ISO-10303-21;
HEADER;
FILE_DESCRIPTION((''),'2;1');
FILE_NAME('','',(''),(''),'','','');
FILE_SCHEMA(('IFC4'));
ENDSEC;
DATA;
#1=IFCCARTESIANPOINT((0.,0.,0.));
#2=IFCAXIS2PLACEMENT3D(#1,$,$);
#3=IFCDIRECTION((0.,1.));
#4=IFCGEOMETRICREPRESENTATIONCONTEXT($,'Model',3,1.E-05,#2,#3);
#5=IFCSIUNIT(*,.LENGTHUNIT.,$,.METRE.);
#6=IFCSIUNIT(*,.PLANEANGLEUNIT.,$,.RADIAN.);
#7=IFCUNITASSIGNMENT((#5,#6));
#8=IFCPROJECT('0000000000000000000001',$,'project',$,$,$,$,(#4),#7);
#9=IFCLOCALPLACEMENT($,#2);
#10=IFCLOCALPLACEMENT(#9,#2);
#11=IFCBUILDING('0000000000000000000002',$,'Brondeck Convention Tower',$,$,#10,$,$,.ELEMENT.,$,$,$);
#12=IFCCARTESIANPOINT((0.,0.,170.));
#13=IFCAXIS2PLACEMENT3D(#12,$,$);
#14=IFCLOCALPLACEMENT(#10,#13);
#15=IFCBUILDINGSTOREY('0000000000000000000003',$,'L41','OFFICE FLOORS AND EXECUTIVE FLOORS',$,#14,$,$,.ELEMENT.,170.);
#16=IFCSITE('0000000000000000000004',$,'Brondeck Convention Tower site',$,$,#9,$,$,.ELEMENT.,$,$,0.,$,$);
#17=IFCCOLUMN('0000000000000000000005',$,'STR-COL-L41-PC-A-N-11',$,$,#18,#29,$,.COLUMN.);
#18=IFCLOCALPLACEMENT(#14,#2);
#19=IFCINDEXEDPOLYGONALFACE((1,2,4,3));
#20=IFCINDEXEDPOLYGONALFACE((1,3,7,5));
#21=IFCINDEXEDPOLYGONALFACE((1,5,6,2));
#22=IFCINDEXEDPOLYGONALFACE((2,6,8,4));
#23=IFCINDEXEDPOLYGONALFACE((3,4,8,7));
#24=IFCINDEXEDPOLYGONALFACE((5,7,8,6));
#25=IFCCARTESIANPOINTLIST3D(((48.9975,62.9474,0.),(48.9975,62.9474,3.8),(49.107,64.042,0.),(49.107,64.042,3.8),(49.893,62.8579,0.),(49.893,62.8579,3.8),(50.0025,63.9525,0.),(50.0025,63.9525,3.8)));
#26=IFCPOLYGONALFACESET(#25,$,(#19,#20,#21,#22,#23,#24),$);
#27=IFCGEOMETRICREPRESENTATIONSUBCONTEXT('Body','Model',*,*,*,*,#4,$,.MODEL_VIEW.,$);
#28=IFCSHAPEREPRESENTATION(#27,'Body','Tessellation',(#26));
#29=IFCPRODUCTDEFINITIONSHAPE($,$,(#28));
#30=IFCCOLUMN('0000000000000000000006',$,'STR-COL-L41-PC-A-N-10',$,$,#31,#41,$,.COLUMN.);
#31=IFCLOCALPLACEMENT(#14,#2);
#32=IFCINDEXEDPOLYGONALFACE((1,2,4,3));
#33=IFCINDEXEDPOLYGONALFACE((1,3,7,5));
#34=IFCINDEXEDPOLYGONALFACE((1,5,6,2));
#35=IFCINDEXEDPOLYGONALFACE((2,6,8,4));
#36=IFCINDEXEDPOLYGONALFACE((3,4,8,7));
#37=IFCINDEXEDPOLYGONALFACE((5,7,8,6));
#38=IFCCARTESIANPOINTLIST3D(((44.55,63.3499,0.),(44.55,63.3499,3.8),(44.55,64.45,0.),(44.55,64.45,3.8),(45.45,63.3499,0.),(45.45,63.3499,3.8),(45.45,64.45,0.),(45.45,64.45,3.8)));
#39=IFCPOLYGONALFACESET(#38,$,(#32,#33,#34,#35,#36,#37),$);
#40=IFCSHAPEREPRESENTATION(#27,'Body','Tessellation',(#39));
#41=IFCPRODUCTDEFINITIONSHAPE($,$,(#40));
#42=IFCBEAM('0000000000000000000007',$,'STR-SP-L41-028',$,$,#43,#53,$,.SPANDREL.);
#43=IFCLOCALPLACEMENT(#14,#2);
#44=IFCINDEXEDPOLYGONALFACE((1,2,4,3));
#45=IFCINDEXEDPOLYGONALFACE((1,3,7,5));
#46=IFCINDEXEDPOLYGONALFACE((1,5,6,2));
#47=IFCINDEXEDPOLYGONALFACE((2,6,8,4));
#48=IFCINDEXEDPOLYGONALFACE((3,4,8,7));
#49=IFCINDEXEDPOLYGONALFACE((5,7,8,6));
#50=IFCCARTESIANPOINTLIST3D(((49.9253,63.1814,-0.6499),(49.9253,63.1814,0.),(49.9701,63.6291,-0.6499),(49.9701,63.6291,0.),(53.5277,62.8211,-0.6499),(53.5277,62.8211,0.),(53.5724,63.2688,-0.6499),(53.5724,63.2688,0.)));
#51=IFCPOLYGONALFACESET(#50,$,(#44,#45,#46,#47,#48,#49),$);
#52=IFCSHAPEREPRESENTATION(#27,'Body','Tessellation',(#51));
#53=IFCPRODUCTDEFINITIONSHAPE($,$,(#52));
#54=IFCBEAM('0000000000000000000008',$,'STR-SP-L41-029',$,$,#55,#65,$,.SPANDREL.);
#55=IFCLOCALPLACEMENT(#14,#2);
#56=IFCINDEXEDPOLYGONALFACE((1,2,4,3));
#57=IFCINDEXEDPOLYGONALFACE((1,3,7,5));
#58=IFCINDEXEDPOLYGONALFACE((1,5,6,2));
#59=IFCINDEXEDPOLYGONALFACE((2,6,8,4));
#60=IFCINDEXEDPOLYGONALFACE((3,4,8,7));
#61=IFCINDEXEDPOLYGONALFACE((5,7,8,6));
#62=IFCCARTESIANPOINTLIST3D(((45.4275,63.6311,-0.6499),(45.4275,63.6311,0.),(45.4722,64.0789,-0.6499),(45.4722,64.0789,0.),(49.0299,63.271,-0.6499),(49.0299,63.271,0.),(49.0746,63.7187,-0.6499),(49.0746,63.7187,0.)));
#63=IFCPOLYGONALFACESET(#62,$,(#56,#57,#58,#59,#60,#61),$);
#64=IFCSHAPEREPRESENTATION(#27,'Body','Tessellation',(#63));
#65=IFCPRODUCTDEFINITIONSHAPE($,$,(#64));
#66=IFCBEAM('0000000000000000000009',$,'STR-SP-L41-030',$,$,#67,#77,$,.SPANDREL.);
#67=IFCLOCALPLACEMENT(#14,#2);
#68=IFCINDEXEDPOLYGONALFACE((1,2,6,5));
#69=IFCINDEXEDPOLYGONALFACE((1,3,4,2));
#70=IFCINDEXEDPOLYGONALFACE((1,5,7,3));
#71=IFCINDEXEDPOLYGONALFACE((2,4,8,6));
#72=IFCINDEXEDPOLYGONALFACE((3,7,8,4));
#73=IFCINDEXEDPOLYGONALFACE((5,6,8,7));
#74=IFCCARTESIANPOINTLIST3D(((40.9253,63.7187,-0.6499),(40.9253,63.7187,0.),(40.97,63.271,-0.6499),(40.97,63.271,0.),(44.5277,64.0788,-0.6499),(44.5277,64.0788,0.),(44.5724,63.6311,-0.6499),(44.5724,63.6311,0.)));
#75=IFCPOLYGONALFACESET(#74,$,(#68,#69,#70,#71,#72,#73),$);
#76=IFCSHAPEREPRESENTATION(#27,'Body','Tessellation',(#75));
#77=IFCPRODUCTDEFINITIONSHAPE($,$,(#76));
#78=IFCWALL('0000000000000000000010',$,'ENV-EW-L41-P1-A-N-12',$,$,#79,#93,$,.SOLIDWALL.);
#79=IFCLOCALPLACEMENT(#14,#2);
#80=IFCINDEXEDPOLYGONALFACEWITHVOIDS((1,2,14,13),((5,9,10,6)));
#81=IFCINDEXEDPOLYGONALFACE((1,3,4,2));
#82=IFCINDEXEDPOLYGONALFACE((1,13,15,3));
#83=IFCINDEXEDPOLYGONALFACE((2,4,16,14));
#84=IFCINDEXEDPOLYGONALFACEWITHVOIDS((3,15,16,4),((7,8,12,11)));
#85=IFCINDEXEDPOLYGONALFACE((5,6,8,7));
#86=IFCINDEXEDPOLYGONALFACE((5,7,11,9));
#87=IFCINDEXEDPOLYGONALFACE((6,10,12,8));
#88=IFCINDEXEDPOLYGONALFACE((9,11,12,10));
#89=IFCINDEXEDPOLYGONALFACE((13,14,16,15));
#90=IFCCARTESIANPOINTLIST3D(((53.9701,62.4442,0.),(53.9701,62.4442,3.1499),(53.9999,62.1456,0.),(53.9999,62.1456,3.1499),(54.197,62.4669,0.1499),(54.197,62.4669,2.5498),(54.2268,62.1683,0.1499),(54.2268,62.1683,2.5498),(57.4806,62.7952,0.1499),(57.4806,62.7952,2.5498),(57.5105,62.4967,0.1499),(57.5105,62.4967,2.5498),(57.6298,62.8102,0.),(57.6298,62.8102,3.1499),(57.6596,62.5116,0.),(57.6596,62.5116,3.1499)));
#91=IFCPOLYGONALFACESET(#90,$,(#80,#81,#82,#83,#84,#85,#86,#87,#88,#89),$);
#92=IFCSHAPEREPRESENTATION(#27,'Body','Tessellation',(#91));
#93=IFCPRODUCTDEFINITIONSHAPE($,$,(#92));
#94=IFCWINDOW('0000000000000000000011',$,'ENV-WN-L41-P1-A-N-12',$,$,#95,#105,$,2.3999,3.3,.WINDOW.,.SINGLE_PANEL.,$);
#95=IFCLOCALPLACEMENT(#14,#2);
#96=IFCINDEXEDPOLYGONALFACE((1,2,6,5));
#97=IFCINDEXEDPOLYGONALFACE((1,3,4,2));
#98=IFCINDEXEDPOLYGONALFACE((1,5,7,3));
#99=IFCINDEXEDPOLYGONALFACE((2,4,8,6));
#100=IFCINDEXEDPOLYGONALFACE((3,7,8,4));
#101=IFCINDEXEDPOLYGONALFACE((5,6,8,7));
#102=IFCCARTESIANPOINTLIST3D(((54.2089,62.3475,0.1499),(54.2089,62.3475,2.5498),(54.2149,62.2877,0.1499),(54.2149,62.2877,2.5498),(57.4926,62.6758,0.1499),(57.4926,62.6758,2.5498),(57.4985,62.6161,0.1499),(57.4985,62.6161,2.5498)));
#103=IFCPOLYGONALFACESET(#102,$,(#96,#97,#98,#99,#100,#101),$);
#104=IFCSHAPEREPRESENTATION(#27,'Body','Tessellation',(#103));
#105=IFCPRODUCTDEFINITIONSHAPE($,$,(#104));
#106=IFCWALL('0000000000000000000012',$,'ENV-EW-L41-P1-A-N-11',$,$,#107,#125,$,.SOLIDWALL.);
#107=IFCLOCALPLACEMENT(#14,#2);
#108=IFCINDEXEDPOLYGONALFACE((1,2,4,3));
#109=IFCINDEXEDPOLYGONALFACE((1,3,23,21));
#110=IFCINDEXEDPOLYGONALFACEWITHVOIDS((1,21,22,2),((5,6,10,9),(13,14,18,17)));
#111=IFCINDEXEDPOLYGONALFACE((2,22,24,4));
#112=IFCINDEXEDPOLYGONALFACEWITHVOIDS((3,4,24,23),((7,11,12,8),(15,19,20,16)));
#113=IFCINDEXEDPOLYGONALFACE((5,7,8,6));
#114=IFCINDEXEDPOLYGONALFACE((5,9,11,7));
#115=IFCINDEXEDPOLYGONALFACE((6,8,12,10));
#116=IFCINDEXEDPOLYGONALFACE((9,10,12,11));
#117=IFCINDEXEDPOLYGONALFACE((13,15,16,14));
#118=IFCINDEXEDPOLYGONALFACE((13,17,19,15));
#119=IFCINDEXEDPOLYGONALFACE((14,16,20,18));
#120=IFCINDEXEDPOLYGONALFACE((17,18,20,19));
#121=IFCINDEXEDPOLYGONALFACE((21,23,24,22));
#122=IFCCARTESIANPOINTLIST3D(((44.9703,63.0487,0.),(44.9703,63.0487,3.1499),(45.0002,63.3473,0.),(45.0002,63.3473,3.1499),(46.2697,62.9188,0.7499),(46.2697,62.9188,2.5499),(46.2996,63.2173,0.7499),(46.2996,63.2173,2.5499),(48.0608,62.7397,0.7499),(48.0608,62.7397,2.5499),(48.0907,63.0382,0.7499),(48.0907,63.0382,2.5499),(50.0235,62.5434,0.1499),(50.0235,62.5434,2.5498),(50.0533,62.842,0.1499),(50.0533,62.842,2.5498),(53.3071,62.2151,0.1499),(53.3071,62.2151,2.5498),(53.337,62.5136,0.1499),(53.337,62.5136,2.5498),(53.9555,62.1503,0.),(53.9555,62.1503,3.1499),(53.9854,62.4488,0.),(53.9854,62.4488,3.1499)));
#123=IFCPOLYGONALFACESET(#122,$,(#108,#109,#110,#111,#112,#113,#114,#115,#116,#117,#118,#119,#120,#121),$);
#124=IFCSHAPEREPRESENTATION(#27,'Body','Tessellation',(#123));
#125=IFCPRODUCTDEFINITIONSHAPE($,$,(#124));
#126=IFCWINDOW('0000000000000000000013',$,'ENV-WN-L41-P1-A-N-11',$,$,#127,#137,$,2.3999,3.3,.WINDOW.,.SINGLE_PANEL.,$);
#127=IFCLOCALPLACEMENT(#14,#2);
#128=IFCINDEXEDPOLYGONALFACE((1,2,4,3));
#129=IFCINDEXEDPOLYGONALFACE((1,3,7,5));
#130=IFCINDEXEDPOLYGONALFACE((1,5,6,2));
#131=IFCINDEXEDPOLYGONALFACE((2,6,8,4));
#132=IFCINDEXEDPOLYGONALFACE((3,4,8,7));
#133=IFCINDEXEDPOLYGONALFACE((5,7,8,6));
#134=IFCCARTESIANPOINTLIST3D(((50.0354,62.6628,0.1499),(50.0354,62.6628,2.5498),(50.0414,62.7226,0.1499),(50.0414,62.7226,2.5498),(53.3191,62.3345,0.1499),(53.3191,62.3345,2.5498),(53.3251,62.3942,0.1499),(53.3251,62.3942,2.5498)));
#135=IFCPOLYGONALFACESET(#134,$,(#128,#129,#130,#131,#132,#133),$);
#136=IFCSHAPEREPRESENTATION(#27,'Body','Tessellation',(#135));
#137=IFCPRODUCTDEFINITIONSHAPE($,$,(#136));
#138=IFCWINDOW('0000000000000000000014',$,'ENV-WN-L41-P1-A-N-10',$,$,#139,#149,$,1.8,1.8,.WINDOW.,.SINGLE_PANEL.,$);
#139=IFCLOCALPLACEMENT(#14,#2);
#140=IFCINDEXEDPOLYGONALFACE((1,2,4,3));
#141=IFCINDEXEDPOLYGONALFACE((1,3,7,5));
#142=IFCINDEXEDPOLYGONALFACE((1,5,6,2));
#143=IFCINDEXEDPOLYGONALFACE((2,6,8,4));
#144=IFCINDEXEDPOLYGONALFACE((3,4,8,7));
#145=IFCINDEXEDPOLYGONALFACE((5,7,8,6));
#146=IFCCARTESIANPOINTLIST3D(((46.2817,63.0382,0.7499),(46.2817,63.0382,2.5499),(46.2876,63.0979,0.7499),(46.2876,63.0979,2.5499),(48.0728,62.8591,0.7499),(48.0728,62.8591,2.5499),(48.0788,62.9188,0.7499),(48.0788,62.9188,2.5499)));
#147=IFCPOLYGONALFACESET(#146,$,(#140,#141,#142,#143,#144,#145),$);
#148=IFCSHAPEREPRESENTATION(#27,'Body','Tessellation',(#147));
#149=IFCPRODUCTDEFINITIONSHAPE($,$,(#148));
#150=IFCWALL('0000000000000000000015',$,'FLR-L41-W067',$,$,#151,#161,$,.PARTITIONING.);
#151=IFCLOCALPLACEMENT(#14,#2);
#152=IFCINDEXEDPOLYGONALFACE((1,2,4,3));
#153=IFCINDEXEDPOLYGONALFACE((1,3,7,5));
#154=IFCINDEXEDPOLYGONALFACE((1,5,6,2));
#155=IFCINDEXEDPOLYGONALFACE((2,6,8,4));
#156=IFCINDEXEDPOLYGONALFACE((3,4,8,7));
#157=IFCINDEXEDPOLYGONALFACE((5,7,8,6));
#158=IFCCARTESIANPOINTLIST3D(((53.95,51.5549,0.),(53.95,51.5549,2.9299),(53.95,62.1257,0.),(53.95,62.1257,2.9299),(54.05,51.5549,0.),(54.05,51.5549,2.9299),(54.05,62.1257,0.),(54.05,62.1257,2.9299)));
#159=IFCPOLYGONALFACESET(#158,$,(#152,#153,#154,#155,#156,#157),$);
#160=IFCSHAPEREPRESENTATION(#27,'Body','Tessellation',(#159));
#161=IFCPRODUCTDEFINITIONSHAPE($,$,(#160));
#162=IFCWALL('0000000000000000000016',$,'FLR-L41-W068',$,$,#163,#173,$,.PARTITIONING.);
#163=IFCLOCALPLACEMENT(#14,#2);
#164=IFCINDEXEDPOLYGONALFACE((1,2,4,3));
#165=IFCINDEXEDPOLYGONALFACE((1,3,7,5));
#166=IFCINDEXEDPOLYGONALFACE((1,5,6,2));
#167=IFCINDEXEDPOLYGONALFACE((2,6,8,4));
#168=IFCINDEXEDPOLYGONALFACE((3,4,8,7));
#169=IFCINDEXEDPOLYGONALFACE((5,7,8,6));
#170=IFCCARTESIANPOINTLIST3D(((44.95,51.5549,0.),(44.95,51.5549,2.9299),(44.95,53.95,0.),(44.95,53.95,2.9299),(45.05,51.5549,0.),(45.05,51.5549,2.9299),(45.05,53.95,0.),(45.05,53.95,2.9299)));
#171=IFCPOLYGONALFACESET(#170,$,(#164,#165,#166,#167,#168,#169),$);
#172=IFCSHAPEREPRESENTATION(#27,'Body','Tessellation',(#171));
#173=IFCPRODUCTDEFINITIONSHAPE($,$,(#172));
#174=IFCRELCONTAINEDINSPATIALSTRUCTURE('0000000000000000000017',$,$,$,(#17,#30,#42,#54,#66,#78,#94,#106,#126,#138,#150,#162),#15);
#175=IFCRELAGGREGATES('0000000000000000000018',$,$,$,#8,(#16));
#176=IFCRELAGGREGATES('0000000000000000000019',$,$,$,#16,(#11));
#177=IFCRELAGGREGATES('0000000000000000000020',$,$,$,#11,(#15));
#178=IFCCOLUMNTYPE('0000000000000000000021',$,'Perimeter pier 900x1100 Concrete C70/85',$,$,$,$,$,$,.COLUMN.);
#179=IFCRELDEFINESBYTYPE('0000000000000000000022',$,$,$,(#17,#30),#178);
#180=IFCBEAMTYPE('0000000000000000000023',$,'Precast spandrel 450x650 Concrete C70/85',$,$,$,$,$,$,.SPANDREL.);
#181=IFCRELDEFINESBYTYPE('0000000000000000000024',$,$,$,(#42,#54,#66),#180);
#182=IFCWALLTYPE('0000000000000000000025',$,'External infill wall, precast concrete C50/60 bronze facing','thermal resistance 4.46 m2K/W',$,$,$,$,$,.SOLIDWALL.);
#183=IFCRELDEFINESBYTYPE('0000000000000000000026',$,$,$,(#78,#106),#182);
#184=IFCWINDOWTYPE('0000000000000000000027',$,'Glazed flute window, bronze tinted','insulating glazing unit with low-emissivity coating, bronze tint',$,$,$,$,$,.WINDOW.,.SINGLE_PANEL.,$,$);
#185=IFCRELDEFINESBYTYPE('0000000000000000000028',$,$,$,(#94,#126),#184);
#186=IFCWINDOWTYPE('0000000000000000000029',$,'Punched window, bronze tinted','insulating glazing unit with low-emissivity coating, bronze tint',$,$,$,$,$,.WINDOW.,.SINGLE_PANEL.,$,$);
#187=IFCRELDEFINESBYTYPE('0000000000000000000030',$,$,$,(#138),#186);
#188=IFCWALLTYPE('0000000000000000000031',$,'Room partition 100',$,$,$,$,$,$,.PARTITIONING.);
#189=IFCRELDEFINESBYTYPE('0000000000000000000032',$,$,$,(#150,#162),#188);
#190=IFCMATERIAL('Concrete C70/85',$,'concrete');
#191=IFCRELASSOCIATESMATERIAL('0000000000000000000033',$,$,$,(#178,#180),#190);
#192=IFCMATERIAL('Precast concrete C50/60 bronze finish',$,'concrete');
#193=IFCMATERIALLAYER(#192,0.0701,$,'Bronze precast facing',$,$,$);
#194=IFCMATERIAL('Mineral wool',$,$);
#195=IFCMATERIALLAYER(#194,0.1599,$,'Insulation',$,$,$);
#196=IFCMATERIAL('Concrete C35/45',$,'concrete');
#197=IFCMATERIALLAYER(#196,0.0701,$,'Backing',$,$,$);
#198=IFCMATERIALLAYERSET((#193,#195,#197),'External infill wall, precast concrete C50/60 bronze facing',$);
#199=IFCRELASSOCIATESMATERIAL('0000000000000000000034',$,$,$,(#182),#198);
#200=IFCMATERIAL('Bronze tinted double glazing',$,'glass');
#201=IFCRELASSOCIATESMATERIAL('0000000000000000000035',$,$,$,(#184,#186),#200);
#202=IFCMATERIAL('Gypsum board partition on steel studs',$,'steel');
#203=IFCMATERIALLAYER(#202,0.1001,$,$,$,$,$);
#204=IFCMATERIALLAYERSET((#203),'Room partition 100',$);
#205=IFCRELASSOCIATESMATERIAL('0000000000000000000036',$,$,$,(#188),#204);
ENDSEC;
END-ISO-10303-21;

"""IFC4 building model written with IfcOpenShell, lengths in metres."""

from ifc_helpers import new_model, si_unit, direction, frame, frame_2d, origin, origin_2d, place, context, subcontext, project, spatial, rectangle, extrude, material, layer, layer_set, material_profile, profile_set, type_object, element, fill, save


model = new_model("IFC4")

# Units and contexts
model_context = context("Model", 3, precision=1e-05, world=origin(), true_north=direction((0.0, 1.0)))
body_context = subcontext(model_context, "Body", "Model", "MODEL_VIEW")
ifc_project = project(units=[si_unit("LENGTHUNIT", "METRE"), si_unit("PLANEANGLEUNIT", "RADIAN")], contexts=[model_context])

# Site, building, storey
site_placement = place(None, origin())
site = spatial("IfcSite", under=ifc_project, at=site_placement, Name="Brondeck Convention Tower site", CompositionType="ELEMENT", RefElevation=0.0)
building_placement = place(site_placement, origin())
building = spatial("IfcBuilding", under=site, at=building_placement, Name="Brondeck Convention Tower", CompositionType="ELEMENT")
storey_placement = place(building_placement, frame((0.0, 0.0, 170.0)))
storey = spatial("IfcBuildingStorey", under=building, at=storey_placement, Name="L41", Description="OFFICE FLOORS AND EXECUTIVE FLOORS", CompositionType="ELEMENT", Elevation=170.0)

# Columns
ifc_material_1 = material(Name="Concrete C70/85", Category="concrete")
ifc_material_profile_1 = material_profile(ifc_material_1, rectangle(XDim=0.8999, YDim=1.1001, at=origin_2d()), Name="Perimeter pier 900x1100 Concrete C70/85")
ifc_profile_set_1 = profile_set([ifc_material_profile_1], Name="Concrete C70/85")
column_type = type_object("IfcColumnType", Name="Perimeter pier 900x1100 Concrete C70/85", PredefinedType="COLUMN", material=ifc_profile_set_1)
for number, where, z_axis, x_axis, name in (
    (1, (49.5, 63.45, 0.0), (0.0, 0.0, 1.0), (-0.995037, 0.099504, 0.0), "STR-COL-L41-PC-A-N-11"),
    (2, (45.0, 63.8999, 0.0), (0.0, 0.0, 1.0), (-1.0, 0.0, 0.0), "STR-COL-L41-PC-A-N-10"),
):
    element("IfcColumn", number, at=place(storey_placement, frame(where, z_axis=z_axis, x_axis=x_axis)), inside=storey, type_object=column_type, Name=name, PredefinedType="COLUMN", context=body_context, shape_type="SweptSolid", body=[
        extrude(rectangle(XDim=0.8999, YDim=1.1001, at=origin_2d()), origin(), (0.0, 0.0, 1.0), 3.8),
    ])

# Beams
ifc_material_profile_2 = material_profile(ifc_material_1, rectangle(XDim=0.45, YDim=0.6499, at=origin_2d()), Name="Precast spandrel 450x650 Concrete C70/85")
ifc_profile_set_2 = profile_set([ifc_material_profile_2], Name="Concrete C70/85")
beam_type = type_object("IfcBeamType", Name="Precast spandrel 450x650 Concrete C70/85", PredefinedType="SPANDREL", material=ifc_profile_set_2)
for number, where, z_axis, x_axis, name in (
    (3, (53.55, 63.0449, -0.325), (-0.995034, 0.099537, 0.0), (-0.099537, -0.995034, 0.0), "STR-SP-L41-028"),
    (4, (49.0522, 63.4949, -0.325), (-0.995041, 0.09947, 0.0), (-0.09947, -0.995041, 0.0), "STR-SP-L41-029"),
    (5, (44.55, 63.855, -0.325), (-0.995041, -0.09947, 0.0), (0.09947, -0.995041, 0.0), "STR-SP-L41-030"),
):
    element("IfcBeam", number, at=place(storey_placement, frame(where, z_axis=z_axis, x_axis=x_axis)), inside=storey, type_object=beam_type, Name=name, PredefinedType="SPANDREL", context=body_context, shape_type="SweptSolid", body=[
        extrude(rectangle(XDim=0.45, YDim=0.6499, at=origin_2d()), origin(), (0.0, 0.0, 1.0), 3.6204),
    ])

# Wall, opening, window
ifc_material_2 = material(Name="Precast concrete C50/60 bronze finish", Category="concrete")
ifc_layer_1 = layer(ifc_material_2, 0.0701, Name="Bronze precast facing")
ifc_material_3 = material(Name="Mineral wool")
ifc_layer_2 = layer(ifc_material_3, 0.1599, Name="Insulation")
ifc_material_4 = material(Name="Concrete C35/45", Category="concrete")
ifc_layer_3 = layer(ifc_material_4, 0.0701, Name="Backing")
ifc_layer_set_1 = layer_set([ifc_layer_1, ifc_layer_2, ifc_layer_3], Name="External infill wall, precast concrete C50/60 bronze facing")
wall_type_1 = type_object("IfcWallType", Name="External infill wall, precast concrete C50/60 bronze facing", Description="thermal resistance 4.46 m2K/W", PredefinedType="SOLIDWALL", material=ifc_layer_set_1)
wall_1_placement = place(storey_placement, frame((53.9851, 62.2949, 0.0), z_axis=(0.0, 0.0, 1.0), x_axis=(0.995037, 0.099504, 0.0)))
wall_1 = element("IfcWall", 6, at=wall_1_placement, inside=storey, type_object=wall_type_1, Name="ENV-EW-L41-P1-A-N-12", PredefinedType="SOLIDWALL", context=body_context, shape_type="SweptSolid", body=[
    extrude(rectangle(XDim=3.678, YDim=0.3, at=frame_2d((1.8389, 0.0))), origin(), (0.0, 0.0, 1.0), 3.1499),
])
opening_1_placement = place(wall_1_placement, frame((0.228, 0.0, 0.1499)))
opening_1 = element("IfcOpeningElement", 7, at=opening_1_placement, cuts=wall_1, PredefinedType="OPENING", context=body_context, shape_type="SweptSolid", body=[
    extrude(rectangle(XDim=3.3, YDim=2.3999, at=frame_2d((1.6499, 1.2))), frame((0.0, 0.1599, 0.0), z_axis=(0.0, -1.0, 0.0), x_axis=(1.0, 0.0, 0.0)), (0.0, 0.0, 1.0), 0.3201),
])
ifc_material_5 = material(Name="Bronze tinted double glazing", Category="glass")
window_type_1 = type_object("IfcWindowType", Name="Glazed flute window, bronze tinted", Description="insulating glazing unit with low-emissivity coating, bronze tint", PartitioningType="SINGLE_PANEL", PredefinedType="WINDOW", material=ifc_material_5)
window_1_placement = place(opening_1_placement, origin())
window_1 = element("IfcWindow", 8, at=window_1_placement, inside=storey, type_object=window_type_1, Name="ENV-WN-L41-P1-A-N-12", OverallHeight=2.3999, OverallWidth=3.3, PartitioningType="SINGLE_PANEL", PredefinedType="WINDOW", context=body_context, shape_type="SweptSolid", body=[
    extrude(rectangle(XDim=3.3, YDim=2.3999, at=frame_2d((1.6499, 1.2))), frame((0.0, 0.03, 0.0), z_axis=(0.0, -1.0, 0.0), x_axis=(1.0, 0.0, 0.0)), (0.0, 0.0, 1.0), 0.0601),
])
fill(opening_1, window_1)

# Wall, openings, windows
wall_2_placement = place(storey_placement, frame((44.9851, 63.198, 0.0), z_axis=(0.0, 0.0, 1.0), x_axis=(0.995038, -0.099496, 0.0)))
wall_2 = element("IfcWall", 9, at=wall_2_placement, inside=storey, type_object=wall_type_1, Name="ENV-EW-L41-P1-A-N-11", PredefinedType="SOLIDWALL", context=body_context, shape_type="SweptSolid", body=[
    extrude(rectangle(XDim=9.03, YDim=0.3, at=frame_2d((4.5151, 0.0))), origin(), (0.0, 0.0, 1.0), 3.1499),
])
opening_2_placement = place(wall_2_placement, frame((1.3062, 0.0, 0.75)))
opening_2 = element("IfcOpeningElement", 10, at=opening_2_placement, cuts=wall_2, PredefinedType="OPENING", context=body_context, shape_type="SweptSolid", body=[
    extrude(rectangle(XDim=1.8, YDim=1.8, at=frame_2d((0.8999, 0.8999))), frame((0.0, 0.1599, 0.0), z_axis=(0.0, -1.0, 0.0), x_axis=(1.0, 0.0, 0.0)), (0.0, 0.0, 1.0), 0.3201),
])
opening_3_placement = place(wall_2_placement, frame((5.0786, 0.0, 0.1499)))
opening_3 = element("IfcOpeningElement", 11, at=opening_3_placement, cuts=wall_2, PredefinedType="OPENING", context=body_context, shape_type="SweptSolid", body=[
    extrude(rectangle(XDim=3.3, YDim=2.3999, at=frame_2d((1.6499, 1.2))), frame((0.0, 0.1599, 0.0), z_axis=(0.0, -1.0, 0.0), x_axis=(1.0, 0.0, 0.0)), (0.0, 0.0, 1.0), 0.3201),
])
window_2_placement = place(opening_3_placement, origin())
window_2 = element("IfcWindow", 12, at=window_2_placement, inside=storey, type_object=window_type_1, Name="ENV-WN-L41-P1-A-N-11", OverallHeight=2.3999, OverallWidth=3.3, PartitioningType="SINGLE_PANEL", PredefinedType="WINDOW", context=body_context, shape_type="SweptSolid", body=[
    extrude(rectangle(XDim=3.3, YDim=2.3999, at=frame_2d((1.6499, 1.2))), frame((0.0, 0.03, 0.0), z_axis=(0.0, -1.0, 0.0), x_axis=(1.0, 0.0, 0.0)), (0.0, 0.0, 1.0), 0.0601),
])
fill(opening_3, window_2)
window_type_2 = type_object("IfcWindowType", Name="Punched window, bronze tinted", Description="insulating glazing unit with low-emissivity coating, bronze tint", PartitioningType="SINGLE_PANEL", PredefinedType="WINDOW", material=ifc_material_5)
window_3_placement = place(opening_2_placement, origin())
window_3 = element("IfcWindow", 13, at=window_3_placement, inside=storey, type_object=window_type_2, Name="ENV-WN-L41-P1-A-N-10", OverallHeight=1.8, OverallWidth=1.8, PartitioningType="SINGLE_PANEL", PredefinedType="WINDOW", context=body_context, shape_type="SweptSolid", body=[
    extrude(rectangle(XDim=1.8, YDim=1.8, at=frame_2d((0.8999, 0.8999))), frame((0.0, 0.03, 0.0), z_axis=(0.0, -1.0, 0.0), x_axis=(1.0, 0.0, 0.0)), (0.0, 0.0, 1.0), 0.0601),
])
fill(opening_2, window_3)

# Walls
ifc_material_6 = material(Name="Gypsum board partition on steel studs", Category="steel")
ifc_layer_4 = layer(ifc_material_6, 0.1001)
ifc_layer_set_2 = layer_set([ifc_layer_4], Name="Room partition 100")
wall_type_2 = type_object("IfcWallType", Name="Room partition 100", PredefinedType="PARTITIONING", material=ifc_layer_set_2)
wall_3_placement = place(storey_placement, frame((54.0, 51.5549, 0.0), z_axis=(0.0, 0.0, 1.0), x_axis=(0.0, 1.0, 0.0)))
element("IfcWall", 14, at=wall_3_placement, inside=storey, type_object=wall_type_2, Name="FLR-L41-W067", PredefinedType="PARTITIONING", context=body_context, shape_type="SweptSolid", body=[
    extrude(rectangle(XDim=10.5708, YDim=0.1001, at=frame_2d((5.2854, 0.0))), origin(), (0.0, 0.0, 1.0), 2.9299),
])
wall_4_placement = place(storey_placement, frame((45.0, 53.95, 0.0), z_axis=(0.0, 0.0, 1.0), x_axis=(0.0, -1.0, 0.0)))
element("IfcWall", 15, at=wall_4_placement, inside=storey, type_object=wall_type_2, Name="FLR-L41-W068", PredefinedType="PARTITIONING", context=body_context, shape_type="SweptSolid", body=[
    extrude(rectangle(XDim=2.395, YDim=0.1001, at=frame_2d((1.1975, 0.0))), origin(), (0.0, 0.0, 1.0), 2.9299),
])

save(model, "model.ifc")
